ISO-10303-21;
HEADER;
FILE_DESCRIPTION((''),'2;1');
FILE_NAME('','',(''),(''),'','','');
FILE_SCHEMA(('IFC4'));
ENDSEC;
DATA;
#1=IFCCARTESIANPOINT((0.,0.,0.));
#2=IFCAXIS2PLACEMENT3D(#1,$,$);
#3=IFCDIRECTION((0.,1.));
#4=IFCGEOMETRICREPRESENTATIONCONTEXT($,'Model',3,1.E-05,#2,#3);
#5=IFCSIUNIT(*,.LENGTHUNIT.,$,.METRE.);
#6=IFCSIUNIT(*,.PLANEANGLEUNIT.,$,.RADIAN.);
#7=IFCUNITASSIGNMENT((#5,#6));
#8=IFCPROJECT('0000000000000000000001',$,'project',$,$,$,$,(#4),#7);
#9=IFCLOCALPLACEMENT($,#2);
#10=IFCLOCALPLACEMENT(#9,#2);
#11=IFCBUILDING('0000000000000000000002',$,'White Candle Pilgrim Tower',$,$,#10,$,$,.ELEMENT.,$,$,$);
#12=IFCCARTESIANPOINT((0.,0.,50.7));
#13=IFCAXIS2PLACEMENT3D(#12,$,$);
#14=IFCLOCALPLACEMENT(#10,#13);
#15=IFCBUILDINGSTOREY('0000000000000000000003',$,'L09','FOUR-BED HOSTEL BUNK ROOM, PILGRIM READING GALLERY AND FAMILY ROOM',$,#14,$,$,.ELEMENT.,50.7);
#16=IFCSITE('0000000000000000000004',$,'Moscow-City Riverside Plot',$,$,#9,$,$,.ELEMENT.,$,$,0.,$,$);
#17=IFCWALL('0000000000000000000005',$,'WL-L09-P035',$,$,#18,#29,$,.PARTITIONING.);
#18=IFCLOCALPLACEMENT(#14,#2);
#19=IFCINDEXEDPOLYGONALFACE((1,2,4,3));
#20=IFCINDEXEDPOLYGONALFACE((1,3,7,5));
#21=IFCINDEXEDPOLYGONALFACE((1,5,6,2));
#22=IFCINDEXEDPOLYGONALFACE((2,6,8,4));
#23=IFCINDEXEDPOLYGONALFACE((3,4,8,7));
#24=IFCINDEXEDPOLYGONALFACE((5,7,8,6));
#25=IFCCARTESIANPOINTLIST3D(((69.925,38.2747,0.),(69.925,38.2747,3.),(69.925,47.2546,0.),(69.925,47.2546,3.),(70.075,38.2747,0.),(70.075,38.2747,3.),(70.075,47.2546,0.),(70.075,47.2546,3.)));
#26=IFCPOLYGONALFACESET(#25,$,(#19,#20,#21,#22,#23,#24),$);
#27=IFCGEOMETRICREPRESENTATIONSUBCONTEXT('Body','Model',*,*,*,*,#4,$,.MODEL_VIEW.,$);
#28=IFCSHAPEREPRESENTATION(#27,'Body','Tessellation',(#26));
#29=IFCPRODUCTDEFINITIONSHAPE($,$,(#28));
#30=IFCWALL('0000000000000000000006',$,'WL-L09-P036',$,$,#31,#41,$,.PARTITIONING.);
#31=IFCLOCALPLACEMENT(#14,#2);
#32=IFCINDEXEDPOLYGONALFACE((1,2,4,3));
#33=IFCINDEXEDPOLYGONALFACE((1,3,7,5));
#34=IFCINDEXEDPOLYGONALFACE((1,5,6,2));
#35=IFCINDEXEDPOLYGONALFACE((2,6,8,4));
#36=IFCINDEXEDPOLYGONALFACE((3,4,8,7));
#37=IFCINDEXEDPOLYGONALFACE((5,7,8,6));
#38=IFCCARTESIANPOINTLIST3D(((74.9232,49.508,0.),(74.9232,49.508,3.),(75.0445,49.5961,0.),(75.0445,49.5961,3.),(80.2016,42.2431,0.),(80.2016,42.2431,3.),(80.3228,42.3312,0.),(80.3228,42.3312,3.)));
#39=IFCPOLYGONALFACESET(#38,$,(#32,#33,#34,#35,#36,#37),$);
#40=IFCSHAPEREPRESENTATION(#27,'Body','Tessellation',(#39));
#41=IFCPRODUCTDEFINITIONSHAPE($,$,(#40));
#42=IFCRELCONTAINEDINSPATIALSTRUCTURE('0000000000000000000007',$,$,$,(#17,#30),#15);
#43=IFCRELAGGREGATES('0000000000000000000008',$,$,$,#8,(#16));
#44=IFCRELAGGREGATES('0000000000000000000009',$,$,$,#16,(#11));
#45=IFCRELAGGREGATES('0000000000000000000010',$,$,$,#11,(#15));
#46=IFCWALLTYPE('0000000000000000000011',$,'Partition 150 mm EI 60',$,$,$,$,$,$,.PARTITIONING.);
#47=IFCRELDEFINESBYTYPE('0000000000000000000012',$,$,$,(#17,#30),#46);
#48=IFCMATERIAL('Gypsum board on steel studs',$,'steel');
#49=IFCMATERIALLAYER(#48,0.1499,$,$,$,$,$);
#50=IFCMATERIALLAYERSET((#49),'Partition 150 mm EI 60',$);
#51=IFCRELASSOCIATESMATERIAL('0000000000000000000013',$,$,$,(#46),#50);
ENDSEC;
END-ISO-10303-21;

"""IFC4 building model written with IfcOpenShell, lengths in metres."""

from ifc_helpers import new_model, si_unit, direction, frame, frame_2d, origin, place, context, subcontext, project, spatial, rectangle, extrude, material, layer, layer_set, type_object, element, save


model = new_model("IFC4")

# Units and contexts
model_context = context("Model", 3, precision=1e-05, world=origin(), true_north=direction((0.0, 1.0)))
body_context = subcontext(model_context, "Body", "Model", "MODEL_VIEW")
ifc_project = project(units=[si_unit("LENGTHUNIT", "METRE"), si_unit("PLANEANGLEUNIT", "RADIAN")], contexts=[model_context])

# Site, building, storey
site_placement = place(None, origin())
site = spatial("IfcSite", under=ifc_project, at=site_placement, Name="Moscow-City Riverside Plot", CompositionType="ELEMENT", RefElevation=0.0)
building_placement = place(site_placement, origin())
building = spatial("IfcBuilding", under=site, at=building_placement, Name="White Candle Pilgrim Tower", CompositionType="ELEMENT")
storey_placement = place(building_placement, frame((0.0, 0.0, 50.7)))
storey = spatial("IfcBuildingStorey", under=building, at=storey_placement, Name="L09", Description="FOUR-BED HOSTEL BUNK ROOM, PILGRIM READING GALLERY AND FAMILY ROOM", CompositionType="ELEMENT", Elevation=50.7)

# Walls
ifc_material_1 = material(Name="Gypsum board on steel studs", Category="steel")
ifc_layer_1 = layer(ifc_material_1, 0.1499)
ifc_layer_set_1 = layer_set([ifc_layer_1], Name="Partition 150 mm EI 60")
wall_type_1 = type_object("IfcWallType", Name="Partition 150 mm EI 60", PredefinedType="PARTITIONING", material=ifc_layer_set_1)
for number, where, z_axis, x_axis, name in (
    (1, (70.0, 38.2747, 0.0), (0.0, 0.0, 1.0), (0.0, 1.0, 0.0), "WL-L09-P035"),
    (2, (80.2622, 42.2871, 0.0), (0.0, 0.0, 1.0), (-0.58779, 0.809013, 0.0), "WL-L09-P036"),
):
    element("IfcWall", number, at=place(storey_placement, frame(where, z_axis=z_axis, x_axis=x_axis)), inside=storey, type_object=wall_type_1, Name=name, PredefinedType="PARTITIONING", context=body_context, shape_type="SweptSolid", body=[
        extrude(rectangle(XDim=8.98, YDim=0.1499, at=frame_2d((4.49, 0.0))), origin(), (0.0, 0.0, 1.0), 3.0),
    ])

save(model, "model.ifc")
